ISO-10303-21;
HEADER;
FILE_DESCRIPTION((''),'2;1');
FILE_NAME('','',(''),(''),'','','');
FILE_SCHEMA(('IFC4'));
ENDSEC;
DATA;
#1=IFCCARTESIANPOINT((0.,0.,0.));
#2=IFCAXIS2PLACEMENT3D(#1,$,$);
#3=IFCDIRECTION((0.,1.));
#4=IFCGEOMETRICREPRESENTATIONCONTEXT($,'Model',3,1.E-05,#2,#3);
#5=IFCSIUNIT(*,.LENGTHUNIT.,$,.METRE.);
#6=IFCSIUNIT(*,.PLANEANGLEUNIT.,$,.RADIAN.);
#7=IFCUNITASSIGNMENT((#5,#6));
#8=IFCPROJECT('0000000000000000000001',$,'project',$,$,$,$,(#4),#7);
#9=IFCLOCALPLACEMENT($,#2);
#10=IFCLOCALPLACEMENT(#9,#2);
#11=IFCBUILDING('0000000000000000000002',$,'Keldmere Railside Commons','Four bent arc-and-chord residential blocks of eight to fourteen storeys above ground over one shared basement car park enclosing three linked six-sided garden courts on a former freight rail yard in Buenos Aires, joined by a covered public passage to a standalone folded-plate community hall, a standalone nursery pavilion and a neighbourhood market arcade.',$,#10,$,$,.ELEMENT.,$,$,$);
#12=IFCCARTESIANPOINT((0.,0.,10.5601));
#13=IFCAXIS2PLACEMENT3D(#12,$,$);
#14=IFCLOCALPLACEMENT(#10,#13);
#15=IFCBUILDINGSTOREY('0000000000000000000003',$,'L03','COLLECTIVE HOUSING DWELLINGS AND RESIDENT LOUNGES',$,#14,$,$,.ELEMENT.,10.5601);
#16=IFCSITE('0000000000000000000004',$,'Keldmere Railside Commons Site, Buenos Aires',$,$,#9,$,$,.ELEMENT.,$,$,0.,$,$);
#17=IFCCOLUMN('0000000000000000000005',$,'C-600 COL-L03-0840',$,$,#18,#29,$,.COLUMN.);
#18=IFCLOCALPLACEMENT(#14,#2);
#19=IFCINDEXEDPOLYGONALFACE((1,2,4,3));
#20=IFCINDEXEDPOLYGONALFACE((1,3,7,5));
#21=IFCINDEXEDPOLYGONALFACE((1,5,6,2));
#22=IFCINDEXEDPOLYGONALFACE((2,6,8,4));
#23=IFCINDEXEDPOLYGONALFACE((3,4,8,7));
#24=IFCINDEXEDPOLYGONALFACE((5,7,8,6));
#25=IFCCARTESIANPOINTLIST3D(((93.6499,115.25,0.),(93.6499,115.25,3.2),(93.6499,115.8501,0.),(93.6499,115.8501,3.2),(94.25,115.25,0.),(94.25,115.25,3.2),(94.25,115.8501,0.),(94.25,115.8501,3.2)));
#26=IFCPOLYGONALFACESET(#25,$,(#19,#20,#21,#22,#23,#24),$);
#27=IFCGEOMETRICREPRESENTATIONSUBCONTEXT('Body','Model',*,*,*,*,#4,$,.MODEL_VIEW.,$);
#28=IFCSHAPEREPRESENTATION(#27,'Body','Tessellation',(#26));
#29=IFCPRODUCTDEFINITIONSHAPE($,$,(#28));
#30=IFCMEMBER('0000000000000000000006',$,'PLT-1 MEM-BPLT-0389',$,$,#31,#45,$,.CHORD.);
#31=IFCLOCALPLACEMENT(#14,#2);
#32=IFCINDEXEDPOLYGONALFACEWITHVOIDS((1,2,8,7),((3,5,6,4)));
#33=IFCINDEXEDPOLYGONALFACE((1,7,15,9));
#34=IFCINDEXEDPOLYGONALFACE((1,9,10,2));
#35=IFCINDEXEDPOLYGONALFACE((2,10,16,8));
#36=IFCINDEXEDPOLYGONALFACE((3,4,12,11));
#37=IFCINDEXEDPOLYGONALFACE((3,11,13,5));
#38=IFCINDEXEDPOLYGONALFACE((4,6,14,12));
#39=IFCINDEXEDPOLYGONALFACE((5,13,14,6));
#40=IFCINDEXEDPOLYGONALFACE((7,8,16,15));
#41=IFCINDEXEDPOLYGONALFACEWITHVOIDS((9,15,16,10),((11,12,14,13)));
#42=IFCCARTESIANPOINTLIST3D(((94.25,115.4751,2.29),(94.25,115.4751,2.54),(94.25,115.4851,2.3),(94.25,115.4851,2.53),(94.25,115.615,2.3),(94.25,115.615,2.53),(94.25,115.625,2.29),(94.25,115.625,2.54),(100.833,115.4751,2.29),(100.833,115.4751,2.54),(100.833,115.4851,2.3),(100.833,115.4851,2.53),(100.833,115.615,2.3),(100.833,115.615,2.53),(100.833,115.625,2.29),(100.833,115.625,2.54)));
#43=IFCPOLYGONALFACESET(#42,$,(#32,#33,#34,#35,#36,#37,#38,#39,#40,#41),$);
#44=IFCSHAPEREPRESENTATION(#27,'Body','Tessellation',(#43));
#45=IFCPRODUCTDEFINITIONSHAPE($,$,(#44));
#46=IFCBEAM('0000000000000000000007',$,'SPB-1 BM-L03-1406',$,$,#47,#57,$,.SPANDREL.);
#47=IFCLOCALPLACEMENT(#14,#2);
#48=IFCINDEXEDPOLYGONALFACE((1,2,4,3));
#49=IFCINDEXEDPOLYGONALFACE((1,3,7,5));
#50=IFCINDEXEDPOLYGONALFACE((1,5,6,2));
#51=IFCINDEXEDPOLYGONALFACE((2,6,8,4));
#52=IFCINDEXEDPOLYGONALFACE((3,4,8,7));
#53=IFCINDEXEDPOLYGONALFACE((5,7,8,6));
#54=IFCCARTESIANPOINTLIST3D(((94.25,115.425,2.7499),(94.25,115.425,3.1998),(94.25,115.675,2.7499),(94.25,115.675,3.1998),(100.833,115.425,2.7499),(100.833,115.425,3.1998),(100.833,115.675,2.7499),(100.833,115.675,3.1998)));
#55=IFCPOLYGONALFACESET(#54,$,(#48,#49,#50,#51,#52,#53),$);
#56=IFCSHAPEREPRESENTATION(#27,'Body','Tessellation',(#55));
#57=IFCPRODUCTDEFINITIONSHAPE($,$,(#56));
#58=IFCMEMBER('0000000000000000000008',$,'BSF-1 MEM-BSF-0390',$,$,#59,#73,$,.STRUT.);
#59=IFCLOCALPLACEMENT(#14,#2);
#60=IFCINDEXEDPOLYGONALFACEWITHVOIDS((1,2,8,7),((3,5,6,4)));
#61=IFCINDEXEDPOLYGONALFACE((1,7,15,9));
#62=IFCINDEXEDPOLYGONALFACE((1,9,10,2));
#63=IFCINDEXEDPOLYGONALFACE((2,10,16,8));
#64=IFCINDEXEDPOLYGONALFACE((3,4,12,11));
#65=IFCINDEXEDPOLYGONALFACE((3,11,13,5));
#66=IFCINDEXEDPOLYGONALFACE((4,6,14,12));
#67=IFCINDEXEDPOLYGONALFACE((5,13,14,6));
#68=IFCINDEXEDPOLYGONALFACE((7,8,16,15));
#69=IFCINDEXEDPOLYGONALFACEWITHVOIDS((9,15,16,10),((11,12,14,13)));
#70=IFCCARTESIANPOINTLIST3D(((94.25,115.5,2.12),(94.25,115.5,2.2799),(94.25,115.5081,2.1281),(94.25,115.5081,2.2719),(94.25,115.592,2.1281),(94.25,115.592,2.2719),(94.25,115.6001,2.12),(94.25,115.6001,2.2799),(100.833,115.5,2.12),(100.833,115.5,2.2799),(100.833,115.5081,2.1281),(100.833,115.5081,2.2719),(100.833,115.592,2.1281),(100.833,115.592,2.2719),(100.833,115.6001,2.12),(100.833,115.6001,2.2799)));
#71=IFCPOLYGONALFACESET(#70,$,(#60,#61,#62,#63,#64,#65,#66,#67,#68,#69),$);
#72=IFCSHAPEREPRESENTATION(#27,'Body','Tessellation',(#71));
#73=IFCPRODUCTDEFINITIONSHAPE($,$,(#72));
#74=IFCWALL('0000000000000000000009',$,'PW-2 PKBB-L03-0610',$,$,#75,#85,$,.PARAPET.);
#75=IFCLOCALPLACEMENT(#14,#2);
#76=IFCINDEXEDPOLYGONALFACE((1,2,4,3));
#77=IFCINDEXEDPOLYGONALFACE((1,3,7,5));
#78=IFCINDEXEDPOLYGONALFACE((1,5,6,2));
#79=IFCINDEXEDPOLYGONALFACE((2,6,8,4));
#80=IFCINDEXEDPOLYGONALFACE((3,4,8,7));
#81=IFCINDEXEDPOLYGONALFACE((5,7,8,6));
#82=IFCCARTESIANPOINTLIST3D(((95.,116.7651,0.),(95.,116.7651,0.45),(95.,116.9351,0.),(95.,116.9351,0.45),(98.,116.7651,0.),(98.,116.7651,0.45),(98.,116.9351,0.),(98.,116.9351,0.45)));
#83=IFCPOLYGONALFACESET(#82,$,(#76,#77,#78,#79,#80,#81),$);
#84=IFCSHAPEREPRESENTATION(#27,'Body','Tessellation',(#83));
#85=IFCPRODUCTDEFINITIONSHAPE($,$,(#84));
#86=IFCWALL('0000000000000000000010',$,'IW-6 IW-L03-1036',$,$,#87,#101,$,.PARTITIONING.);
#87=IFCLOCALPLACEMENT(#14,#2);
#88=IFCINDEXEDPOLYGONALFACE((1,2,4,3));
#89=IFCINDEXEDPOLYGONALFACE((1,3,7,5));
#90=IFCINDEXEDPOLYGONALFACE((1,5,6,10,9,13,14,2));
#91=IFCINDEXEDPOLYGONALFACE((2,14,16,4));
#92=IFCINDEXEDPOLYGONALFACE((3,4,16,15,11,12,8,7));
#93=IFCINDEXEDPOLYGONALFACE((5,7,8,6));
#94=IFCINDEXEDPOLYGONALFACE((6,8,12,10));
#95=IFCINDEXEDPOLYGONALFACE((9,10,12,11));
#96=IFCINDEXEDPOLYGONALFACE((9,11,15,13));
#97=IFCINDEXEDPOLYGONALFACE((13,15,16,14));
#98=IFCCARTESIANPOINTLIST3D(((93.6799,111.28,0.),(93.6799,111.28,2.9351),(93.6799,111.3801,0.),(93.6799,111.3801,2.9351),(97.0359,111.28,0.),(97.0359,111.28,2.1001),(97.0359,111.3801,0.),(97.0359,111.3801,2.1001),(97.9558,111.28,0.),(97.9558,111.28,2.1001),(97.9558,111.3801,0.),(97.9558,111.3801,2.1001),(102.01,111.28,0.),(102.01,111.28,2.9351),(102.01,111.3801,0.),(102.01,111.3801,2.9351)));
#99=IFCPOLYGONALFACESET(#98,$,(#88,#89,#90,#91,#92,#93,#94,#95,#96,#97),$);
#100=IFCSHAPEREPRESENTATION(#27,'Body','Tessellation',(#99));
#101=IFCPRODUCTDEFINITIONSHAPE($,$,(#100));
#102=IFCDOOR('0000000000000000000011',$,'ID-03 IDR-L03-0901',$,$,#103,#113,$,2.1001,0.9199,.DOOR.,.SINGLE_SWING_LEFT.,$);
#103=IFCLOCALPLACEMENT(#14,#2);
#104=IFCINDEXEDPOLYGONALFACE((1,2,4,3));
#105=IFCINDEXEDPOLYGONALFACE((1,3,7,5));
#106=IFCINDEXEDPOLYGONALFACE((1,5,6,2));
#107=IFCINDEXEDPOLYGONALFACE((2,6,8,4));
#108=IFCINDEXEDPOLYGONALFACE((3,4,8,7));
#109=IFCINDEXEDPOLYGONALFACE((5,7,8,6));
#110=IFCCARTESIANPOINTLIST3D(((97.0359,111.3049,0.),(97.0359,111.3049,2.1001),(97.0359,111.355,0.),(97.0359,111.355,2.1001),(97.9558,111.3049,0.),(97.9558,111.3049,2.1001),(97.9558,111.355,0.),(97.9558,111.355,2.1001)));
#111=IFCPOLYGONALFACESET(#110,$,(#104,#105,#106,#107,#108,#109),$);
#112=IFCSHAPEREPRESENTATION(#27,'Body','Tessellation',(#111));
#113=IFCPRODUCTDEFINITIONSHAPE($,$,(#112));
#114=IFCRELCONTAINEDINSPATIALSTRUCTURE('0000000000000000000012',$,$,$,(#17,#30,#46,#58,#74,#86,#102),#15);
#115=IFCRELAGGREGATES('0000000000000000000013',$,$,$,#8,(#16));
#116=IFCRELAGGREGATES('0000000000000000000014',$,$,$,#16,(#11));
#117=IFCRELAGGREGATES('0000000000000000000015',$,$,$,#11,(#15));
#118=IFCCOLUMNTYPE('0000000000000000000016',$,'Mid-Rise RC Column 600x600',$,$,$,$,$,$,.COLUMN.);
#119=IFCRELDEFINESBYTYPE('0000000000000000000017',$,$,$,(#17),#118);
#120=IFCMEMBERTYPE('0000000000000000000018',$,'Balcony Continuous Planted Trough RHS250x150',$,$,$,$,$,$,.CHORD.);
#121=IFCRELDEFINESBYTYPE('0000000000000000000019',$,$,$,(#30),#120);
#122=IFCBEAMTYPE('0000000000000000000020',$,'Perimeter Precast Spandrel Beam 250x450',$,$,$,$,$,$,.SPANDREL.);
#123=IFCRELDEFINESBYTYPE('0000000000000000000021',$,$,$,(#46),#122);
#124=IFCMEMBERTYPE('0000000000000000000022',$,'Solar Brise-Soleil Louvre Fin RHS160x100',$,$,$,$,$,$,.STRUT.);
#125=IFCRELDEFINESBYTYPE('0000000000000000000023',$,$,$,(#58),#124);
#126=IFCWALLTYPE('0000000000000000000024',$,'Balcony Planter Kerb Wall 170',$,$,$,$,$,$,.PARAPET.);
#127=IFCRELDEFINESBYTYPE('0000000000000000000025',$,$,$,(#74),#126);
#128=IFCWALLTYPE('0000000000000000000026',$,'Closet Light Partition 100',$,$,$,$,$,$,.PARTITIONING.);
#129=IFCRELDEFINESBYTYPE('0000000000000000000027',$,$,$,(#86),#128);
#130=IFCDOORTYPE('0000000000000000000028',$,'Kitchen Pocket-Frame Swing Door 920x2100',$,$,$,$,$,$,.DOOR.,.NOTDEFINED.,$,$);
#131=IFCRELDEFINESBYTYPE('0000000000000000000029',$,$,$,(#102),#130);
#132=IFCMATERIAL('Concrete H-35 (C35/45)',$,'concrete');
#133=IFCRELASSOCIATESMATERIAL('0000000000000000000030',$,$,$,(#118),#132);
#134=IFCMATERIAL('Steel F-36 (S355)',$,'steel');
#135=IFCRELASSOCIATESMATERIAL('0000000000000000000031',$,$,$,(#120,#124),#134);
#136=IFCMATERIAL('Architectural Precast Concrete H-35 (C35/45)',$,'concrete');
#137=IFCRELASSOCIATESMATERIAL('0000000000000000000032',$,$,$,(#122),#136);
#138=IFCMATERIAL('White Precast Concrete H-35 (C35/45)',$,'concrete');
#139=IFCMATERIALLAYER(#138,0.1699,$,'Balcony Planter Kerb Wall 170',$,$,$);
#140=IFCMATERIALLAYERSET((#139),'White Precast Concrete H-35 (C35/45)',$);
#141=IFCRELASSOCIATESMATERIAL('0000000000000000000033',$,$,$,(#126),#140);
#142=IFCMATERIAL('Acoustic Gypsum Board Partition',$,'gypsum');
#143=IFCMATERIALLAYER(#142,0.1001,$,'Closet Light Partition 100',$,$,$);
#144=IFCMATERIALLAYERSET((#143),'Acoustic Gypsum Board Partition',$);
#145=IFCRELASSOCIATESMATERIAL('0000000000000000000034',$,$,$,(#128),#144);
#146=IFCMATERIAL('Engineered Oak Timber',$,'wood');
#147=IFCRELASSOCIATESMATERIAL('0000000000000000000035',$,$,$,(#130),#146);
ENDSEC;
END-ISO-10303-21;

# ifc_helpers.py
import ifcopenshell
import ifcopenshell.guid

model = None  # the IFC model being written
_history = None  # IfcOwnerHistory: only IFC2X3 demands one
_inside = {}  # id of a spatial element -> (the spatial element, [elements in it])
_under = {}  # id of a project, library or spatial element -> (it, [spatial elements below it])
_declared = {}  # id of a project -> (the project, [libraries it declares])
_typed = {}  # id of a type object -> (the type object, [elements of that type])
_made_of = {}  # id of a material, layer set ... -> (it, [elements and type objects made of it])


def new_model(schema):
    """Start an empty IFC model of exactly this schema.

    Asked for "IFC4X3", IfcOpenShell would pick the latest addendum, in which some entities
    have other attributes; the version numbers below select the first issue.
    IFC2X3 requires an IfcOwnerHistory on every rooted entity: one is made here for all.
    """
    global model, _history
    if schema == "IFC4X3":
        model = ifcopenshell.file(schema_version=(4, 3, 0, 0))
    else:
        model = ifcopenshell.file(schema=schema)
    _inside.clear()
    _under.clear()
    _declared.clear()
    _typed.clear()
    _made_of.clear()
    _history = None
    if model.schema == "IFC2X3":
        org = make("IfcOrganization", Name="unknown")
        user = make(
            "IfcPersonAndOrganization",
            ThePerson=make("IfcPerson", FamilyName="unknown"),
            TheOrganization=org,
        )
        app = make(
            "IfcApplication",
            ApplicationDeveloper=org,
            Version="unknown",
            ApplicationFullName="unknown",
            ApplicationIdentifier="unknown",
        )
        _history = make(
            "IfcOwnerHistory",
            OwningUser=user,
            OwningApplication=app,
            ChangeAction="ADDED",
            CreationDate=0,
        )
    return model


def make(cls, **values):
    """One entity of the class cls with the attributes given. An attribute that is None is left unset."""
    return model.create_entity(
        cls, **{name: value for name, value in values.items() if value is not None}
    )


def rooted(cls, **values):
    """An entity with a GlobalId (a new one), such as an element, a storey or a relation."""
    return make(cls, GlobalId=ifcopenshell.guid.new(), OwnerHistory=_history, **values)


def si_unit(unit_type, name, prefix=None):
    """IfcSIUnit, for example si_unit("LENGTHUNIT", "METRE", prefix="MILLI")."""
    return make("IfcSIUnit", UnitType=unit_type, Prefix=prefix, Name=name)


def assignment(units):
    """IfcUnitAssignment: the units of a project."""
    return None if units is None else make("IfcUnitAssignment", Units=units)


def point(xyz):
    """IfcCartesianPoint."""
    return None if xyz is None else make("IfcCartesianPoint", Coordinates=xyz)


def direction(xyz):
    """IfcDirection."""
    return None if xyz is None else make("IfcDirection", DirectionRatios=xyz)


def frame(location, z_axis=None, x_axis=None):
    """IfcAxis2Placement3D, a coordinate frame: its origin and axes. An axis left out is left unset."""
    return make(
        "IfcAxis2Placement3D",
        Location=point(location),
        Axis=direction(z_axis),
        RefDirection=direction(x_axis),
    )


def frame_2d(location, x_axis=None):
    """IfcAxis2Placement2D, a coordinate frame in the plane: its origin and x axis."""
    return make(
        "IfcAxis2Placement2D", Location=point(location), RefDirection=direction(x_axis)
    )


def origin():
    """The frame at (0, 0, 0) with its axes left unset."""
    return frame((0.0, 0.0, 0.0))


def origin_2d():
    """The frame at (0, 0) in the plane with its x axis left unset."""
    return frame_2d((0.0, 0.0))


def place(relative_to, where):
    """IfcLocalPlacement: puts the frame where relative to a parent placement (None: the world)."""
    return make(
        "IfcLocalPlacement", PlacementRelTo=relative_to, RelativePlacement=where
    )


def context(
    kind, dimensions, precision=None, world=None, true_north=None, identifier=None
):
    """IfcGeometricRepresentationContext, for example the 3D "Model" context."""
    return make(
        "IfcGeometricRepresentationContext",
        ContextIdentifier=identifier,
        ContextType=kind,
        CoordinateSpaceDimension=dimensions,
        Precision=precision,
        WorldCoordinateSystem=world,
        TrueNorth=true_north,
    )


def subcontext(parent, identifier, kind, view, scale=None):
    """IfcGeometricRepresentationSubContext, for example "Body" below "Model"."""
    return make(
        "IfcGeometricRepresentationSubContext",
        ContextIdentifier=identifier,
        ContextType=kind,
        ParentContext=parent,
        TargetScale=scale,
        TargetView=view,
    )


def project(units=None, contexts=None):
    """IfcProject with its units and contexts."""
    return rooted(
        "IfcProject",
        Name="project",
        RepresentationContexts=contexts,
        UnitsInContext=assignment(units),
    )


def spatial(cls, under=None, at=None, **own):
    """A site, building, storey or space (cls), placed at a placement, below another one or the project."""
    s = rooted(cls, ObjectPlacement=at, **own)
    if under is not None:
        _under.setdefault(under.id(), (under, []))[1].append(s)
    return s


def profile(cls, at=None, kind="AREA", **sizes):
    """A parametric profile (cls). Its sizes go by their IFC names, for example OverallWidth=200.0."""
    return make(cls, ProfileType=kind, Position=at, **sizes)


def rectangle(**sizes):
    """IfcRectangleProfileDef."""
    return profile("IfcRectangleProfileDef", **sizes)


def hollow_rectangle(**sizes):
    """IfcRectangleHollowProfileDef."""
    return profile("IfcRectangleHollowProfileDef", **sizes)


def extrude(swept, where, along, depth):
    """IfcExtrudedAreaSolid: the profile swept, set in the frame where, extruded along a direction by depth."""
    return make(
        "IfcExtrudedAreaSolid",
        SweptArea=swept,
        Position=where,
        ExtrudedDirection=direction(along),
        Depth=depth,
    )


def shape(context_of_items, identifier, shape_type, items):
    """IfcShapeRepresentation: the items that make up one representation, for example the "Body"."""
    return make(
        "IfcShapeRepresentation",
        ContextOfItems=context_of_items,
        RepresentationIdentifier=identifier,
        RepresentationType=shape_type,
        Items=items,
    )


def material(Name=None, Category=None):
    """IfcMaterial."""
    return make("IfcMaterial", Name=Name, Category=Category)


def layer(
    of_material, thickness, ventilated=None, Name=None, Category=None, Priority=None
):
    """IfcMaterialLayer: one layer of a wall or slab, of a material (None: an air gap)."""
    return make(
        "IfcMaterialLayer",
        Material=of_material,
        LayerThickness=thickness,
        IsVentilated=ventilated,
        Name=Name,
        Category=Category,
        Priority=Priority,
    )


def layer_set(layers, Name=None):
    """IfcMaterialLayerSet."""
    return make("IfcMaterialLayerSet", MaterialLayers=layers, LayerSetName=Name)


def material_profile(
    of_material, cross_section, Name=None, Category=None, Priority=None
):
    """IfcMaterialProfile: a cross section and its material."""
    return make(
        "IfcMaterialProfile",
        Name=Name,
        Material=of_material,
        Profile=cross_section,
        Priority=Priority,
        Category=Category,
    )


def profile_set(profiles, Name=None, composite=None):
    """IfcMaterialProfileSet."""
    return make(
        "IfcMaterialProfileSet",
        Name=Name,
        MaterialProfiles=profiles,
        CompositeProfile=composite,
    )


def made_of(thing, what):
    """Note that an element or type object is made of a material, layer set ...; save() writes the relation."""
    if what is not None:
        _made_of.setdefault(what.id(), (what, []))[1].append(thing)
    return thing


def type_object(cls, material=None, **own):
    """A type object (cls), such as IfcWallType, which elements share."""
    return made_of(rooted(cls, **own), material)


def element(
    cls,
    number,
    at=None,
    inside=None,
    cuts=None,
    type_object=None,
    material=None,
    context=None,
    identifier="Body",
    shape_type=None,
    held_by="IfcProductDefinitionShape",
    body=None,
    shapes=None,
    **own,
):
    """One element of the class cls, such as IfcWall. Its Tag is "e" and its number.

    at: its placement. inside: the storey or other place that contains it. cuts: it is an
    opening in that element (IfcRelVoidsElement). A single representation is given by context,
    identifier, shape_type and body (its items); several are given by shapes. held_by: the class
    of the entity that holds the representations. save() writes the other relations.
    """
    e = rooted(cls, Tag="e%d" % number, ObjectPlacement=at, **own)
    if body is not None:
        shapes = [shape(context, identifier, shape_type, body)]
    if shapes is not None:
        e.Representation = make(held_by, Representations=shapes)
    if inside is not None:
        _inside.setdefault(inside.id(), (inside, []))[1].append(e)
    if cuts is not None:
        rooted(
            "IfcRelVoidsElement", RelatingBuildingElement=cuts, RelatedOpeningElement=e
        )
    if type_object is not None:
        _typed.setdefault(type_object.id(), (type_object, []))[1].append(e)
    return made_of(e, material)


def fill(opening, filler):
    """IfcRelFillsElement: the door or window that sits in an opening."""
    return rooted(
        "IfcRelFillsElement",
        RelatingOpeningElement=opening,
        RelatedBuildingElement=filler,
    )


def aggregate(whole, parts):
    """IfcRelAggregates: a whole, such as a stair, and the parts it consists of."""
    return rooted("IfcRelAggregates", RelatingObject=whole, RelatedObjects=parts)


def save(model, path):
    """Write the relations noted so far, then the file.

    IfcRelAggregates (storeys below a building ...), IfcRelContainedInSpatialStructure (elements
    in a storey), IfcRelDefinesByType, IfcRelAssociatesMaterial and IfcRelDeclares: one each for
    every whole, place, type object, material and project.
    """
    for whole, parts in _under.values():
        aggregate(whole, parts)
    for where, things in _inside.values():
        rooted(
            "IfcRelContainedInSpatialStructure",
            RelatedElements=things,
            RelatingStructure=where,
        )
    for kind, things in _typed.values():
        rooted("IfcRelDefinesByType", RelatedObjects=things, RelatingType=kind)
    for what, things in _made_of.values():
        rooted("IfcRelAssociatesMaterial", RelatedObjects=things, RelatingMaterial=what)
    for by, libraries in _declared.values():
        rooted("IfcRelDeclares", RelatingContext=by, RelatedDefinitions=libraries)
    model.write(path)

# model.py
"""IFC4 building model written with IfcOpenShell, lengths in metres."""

from ifc_helpers import new_model, si_unit, direction, frame, frame_2d, origin, origin_2d, place, context, subcontext, project, spatial, rectangle, hollow_rectangle, extrude, material, layer, layer_set, material_profile, profile_set, type_object, element, fill, save


model = new_model("IFC4")

# Units and contexts
model_context = context("Model", 3, precision=1e-05, world=origin(), true_north=direction((0.0, 1.0)))
body_context = subcontext(model_context, "Body", "Model", "MODEL_VIEW")
ifc_project = project(units=[si_unit("LENGTHUNIT", "METRE"), si_unit("PLANEANGLEUNIT", "RADIAN")], contexts=[model_context])

# Site, building, storey
site_placement = place(None, origin())
site = spatial("IfcSite", under=ifc_project, at=site_placement, Name="Keldmere Railside Commons Site, Buenos Aires", CompositionType="ELEMENT", RefElevation=0.0)
building_placement = place(site_placement, origin())
building = spatial("IfcBuilding", under=site, at=building_placement, Name="Keldmere Railside Commons", Description="Four bent arc-and-chord residential blocks of eight to fourteen storeys above ground over one shared basement car park enclosing three linked six-sided garden courts on a former freight rail yard in Buenos Aires, joined by a covered public passage to a standalone folded-plate community hall, a standalone nursery pavilion and a neighbourhood market arcade.", CompositionType="ELEMENT")
storey_placement = place(building_placement, frame((0.0, 0.0, 10.5601)))
storey = spatial("IfcBuildingStorey", under=building, at=storey_placement, Name="L03", Description="COLLECTIVE HOUSING DWELLINGS AND RESIDENT LOUNGES", CompositionType="ELEMENT", Elevation=10.5601)

# Column
ifc_material_1 = material(Name="Concrete H-35 (C35/45)", Category="concrete")
ifc_material_profile_1 = material_profile(ifc_material_1, rectangle(XDim=0.6001, YDim=0.6001, at=origin_2d()), Name="RC-600x600")
ifc_profile_set_1 = profile_set([ifc_material_profile_1], Name="Concrete H-35 (C35/45)")
column_type = type_object("IfcColumnType", Name="Mid-Rise RC Column 600x600", PredefinedType="COLUMN", material=ifc_profile_set_1)
column_placement = place(storey_placement, frame((93.95, 115.55, 0.0), z_axis=(0.0, 0.0, 1.0), x_axis=(1.0, 0.0, 0.0)))
element("IfcColumn", 1, at=column_placement, inside=storey, type_object=column_type, Name="C-600 COL-L03-0840", PredefinedType="COLUMN", context=body_context, shape_type="SweptSolid", body=[
    extrude(rectangle(XDim=0.6001, YDim=0.6001, at=origin_2d()), origin(), (0.0, 0.0, 1.0), 3.2),
])

# Member
ifc_material_2 = material(Name="Steel F-36 (S355)", Category="steel")
ifc_material_profile_2 = material_profile(ifc_material_2, hollow_rectangle(XDim=0.1499, YDim=0.25, WallThickness=0.01, at=origin_2d()), Name="RHS-250x150x10")
ifc_profile_set_2 = profile_set([ifc_material_profile_2], Name="Steel F-36 (S355)")
member_type_1 = type_object("IfcMemberType", Name="Balcony Continuous Planted Trough RHS250x150", PredefinedType="CHORD", material=ifc_profile_set_2)
member_1_placement = place(storey_placement, frame((94.25, 115.55, 2.415), z_axis=(1.0, 0.0, 0.0), x_axis=(0.0, 1.0, 0.0)))
element("IfcMember", 2, at=member_1_placement, inside=storey, type_object=member_type_1, Name="PLT-1 MEM-BPLT-0389", PredefinedType="CHORD", context=body_context, shape_type="SweptSolid", body=[
    extrude(hollow_rectangle(XDim=0.1499, YDim=0.25, WallThickness=0.01, at=origin_2d()), origin(), (0.0, 0.0, 1.0), 6.583),
])

# Beam
ifc_material_3 = material(Name="Architectural Precast Concrete H-35 (C35/45)", Category="concrete")
ifc_material_profile_3 = material_profile(ifc_material_3, rectangle(XDim=0.25, YDim=0.45, at=origin_2d()), Name="RC-250x450")
ifc_profile_set_3 = profile_set([ifc_material_profile_3], Name="Architectural Precast Concrete H-35 (C35/45)")
beam_type = type_object("IfcBeamType", Name="Perimeter Precast Spandrel Beam 250x450", PredefinedType="SPANDREL", material=ifc_profile_set_3)
beam_placement = place(storey_placement, frame((94.25, 115.55, 2.9749), z_axis=(1.0, 0.0, 0.0), x_axis=(0.0, 1.0, 0.0)))
element("IfcBeam", 3, at=beam_placement, inside=storey, type_object=beam_type, Name="SPB-1 BM-L03-1406", PredefinedType="SPANDREL", context=body_context, shape_type="SweptSolid", body=[
    extrude(rectangle(XDim=0.25, YDim=0.45, at=origin_2d()), origin(), (0.0, 0.0, 1.0), 6.583),
])

# Member
ifc_material_profile_4 = material_profile(ifc_material_2, hollow_rectangle(XDim=0.1001, YDim=0.1599, WallThickness=0.0081, at=origin_2d()), Name="RHS-160x100x8")
ifc_profile_set_4 = profile_set([ifc_material_profile_4], Name="Steel F-36 (S355)")
member_type_2 = type_object("IfcMemberType", Name="Solar Brise-Soleil Louvre Fin RHS160x100", PredefinedType="STRUT", material=ifc_profile_set_4)
member_2_placement = place(storey_placement, frame((94.25, 115.55, 2.2), z_axis=(1.0, 0.0, 0.0), x_axis=(0.0, 1.0, 0.0)))
element("IfcMember", 4, at=member_2_placement, inside=storey, type_object=member_type_2, Name="BSF-1 MEM-BSF-0390", PredefinedType="STRUT", context=body_context, shape_type="SweptSolid", body=[
    extrude(hollow_rectangle(XDim=0.1001, YDim=0.1599, WallThickness=0.0081, at=origin_2d()), origin(), (0.0, 0.0, 1.0), 6.583),
])

# Wall
ifc_material_4 = material(Name="White Precast Concrete H-35 (C35/45)", Category="concrete")
ifc_layer_1 = layer(ifc_material_4, 0.1699, Name="Balcony Planter Kerb Wall 170")
ifc_layer_set_1 = layer_set([ifc_layer_1], Name="White Precast Concrete H-35 (C35/45)")
wall_type_1 = type_object("IfcWallType", Name="Balcony Planter Kerb Wall 170", PredefinedType="PARAPET", material=ifc_layer_set_1)
wall_1_placement = place(storey_placement, frame((95.0, 116.8501, 0.0), z_axis=(0.0, 0.0, 1.0), x_axis=(1.0, 0.0, 0.0)))
element("IfcWall", 5, at=wall_1_placement, inside=storey, type_object=wall_type_1, Name="PW-2 PKBB-L03-0610", PredefinedType="PARAPET", context=body_context, shape_type="SweptSolid", body=[
    extrude(rectangle(XDim=3.0, YDim=0.1699, at=frame_2d((1.5, 0.0))), origin(), (0.0, 0.0, 1.0), 0.45),
])

# Wall, opening, door
ifc_material_5 = material(Name="Acoustic Gypsum Board Partition", Category="gypsum")
ifc_layer_2 = layer(ifc_material_5, 0.1001, Name="Closet Light Partition 100")
ifc_layer_set_2 = layer_set([ifc_layer_2], Name="Acoustic Gypsum Board Partition")
wall_type_2 = type_object("IfcWallType", Name="Closet Light Partition 100", PredefinedType="PARTITIONING", material=ifc_layer_set_2)
wall_2_placement = place(storey_placement, frame((93.6799, 111.3301, 0.0), z_axis=(0.0, 0.0, 1.0), x_axis=(1.0, 0.0, 0.0)))
wall_2 = element("IfcWall", 6, at=wall_2_placement, inside=storey, type_object=wall_type_2, Name="IW-6 IW-L03-1036", PredefinedType="PARTITIONING", context=body_context, shape_type="SweptSolid", body=[
    extrude(rectangle(XDim=8.3301, YDim=0.1001, at=frame_2d((4.165, 0.0))), origin(), (0.0, 0.0, 1.0), 2.9351),
])
opening_1_placement = place(wall_2_placement, frame((3.356, 0.0, 0.0)))
opening_1 = element("IfcOpeningElement", 7, at=opening_1_placement, cuts=wall_2, PredefinedType="OPENING", context=body_context, shape_type="SweptSolid", body=[
    extrude(rectangle(XDim=0.9199, YDim=2.1001, at=frame_2d((0.46, 1.05))), frame((0.0, 0.0601, 0.0), z_axis=(0.0, -1.0, 0.0), x_axis=(1.0, 0.0, 0.0)), (0.0, 0.0, 1.0), 0.1201),
])
ifc_material_6 = material(Name="Engineered Oak Timber", Category="wood")
door_type_1 = type_object("IfcDoorType", Name="Kitchen Pocket-Frame Swing Door 920x2100", OperationType="NOTDEFINED", PredefinedType="DOOR", material=ifc_material_6)
door_1_placement = place(opening_1_placement, origin())
door_1 = element("IfcDoor", 8, at=door_1_placement, inside=storey, type_object=door_type_1, Name="ID-03 IDR-L03-0901", OperationType="SINGLE_SWING_LEFT", OverallHeight=2.1001, OverallWidth=0.9199, PredefinedType="DOOR", context=body_context, shape_type="SweptSolid", body=[
    extrude(rectangle(XDim=0.9199, YDim=2.1001, at=frame_2d((0.46, 1.05))), frame((0.0, 0.0249, 0.0), z_axis=(0.0, -1.0, 0.0), x_axis=(1.0, 0.0, 0.0)), (0.0, 0.0, 1.0), 0.05),
])
fill(opening_1, door_1)

save(model, "model.ifc")
